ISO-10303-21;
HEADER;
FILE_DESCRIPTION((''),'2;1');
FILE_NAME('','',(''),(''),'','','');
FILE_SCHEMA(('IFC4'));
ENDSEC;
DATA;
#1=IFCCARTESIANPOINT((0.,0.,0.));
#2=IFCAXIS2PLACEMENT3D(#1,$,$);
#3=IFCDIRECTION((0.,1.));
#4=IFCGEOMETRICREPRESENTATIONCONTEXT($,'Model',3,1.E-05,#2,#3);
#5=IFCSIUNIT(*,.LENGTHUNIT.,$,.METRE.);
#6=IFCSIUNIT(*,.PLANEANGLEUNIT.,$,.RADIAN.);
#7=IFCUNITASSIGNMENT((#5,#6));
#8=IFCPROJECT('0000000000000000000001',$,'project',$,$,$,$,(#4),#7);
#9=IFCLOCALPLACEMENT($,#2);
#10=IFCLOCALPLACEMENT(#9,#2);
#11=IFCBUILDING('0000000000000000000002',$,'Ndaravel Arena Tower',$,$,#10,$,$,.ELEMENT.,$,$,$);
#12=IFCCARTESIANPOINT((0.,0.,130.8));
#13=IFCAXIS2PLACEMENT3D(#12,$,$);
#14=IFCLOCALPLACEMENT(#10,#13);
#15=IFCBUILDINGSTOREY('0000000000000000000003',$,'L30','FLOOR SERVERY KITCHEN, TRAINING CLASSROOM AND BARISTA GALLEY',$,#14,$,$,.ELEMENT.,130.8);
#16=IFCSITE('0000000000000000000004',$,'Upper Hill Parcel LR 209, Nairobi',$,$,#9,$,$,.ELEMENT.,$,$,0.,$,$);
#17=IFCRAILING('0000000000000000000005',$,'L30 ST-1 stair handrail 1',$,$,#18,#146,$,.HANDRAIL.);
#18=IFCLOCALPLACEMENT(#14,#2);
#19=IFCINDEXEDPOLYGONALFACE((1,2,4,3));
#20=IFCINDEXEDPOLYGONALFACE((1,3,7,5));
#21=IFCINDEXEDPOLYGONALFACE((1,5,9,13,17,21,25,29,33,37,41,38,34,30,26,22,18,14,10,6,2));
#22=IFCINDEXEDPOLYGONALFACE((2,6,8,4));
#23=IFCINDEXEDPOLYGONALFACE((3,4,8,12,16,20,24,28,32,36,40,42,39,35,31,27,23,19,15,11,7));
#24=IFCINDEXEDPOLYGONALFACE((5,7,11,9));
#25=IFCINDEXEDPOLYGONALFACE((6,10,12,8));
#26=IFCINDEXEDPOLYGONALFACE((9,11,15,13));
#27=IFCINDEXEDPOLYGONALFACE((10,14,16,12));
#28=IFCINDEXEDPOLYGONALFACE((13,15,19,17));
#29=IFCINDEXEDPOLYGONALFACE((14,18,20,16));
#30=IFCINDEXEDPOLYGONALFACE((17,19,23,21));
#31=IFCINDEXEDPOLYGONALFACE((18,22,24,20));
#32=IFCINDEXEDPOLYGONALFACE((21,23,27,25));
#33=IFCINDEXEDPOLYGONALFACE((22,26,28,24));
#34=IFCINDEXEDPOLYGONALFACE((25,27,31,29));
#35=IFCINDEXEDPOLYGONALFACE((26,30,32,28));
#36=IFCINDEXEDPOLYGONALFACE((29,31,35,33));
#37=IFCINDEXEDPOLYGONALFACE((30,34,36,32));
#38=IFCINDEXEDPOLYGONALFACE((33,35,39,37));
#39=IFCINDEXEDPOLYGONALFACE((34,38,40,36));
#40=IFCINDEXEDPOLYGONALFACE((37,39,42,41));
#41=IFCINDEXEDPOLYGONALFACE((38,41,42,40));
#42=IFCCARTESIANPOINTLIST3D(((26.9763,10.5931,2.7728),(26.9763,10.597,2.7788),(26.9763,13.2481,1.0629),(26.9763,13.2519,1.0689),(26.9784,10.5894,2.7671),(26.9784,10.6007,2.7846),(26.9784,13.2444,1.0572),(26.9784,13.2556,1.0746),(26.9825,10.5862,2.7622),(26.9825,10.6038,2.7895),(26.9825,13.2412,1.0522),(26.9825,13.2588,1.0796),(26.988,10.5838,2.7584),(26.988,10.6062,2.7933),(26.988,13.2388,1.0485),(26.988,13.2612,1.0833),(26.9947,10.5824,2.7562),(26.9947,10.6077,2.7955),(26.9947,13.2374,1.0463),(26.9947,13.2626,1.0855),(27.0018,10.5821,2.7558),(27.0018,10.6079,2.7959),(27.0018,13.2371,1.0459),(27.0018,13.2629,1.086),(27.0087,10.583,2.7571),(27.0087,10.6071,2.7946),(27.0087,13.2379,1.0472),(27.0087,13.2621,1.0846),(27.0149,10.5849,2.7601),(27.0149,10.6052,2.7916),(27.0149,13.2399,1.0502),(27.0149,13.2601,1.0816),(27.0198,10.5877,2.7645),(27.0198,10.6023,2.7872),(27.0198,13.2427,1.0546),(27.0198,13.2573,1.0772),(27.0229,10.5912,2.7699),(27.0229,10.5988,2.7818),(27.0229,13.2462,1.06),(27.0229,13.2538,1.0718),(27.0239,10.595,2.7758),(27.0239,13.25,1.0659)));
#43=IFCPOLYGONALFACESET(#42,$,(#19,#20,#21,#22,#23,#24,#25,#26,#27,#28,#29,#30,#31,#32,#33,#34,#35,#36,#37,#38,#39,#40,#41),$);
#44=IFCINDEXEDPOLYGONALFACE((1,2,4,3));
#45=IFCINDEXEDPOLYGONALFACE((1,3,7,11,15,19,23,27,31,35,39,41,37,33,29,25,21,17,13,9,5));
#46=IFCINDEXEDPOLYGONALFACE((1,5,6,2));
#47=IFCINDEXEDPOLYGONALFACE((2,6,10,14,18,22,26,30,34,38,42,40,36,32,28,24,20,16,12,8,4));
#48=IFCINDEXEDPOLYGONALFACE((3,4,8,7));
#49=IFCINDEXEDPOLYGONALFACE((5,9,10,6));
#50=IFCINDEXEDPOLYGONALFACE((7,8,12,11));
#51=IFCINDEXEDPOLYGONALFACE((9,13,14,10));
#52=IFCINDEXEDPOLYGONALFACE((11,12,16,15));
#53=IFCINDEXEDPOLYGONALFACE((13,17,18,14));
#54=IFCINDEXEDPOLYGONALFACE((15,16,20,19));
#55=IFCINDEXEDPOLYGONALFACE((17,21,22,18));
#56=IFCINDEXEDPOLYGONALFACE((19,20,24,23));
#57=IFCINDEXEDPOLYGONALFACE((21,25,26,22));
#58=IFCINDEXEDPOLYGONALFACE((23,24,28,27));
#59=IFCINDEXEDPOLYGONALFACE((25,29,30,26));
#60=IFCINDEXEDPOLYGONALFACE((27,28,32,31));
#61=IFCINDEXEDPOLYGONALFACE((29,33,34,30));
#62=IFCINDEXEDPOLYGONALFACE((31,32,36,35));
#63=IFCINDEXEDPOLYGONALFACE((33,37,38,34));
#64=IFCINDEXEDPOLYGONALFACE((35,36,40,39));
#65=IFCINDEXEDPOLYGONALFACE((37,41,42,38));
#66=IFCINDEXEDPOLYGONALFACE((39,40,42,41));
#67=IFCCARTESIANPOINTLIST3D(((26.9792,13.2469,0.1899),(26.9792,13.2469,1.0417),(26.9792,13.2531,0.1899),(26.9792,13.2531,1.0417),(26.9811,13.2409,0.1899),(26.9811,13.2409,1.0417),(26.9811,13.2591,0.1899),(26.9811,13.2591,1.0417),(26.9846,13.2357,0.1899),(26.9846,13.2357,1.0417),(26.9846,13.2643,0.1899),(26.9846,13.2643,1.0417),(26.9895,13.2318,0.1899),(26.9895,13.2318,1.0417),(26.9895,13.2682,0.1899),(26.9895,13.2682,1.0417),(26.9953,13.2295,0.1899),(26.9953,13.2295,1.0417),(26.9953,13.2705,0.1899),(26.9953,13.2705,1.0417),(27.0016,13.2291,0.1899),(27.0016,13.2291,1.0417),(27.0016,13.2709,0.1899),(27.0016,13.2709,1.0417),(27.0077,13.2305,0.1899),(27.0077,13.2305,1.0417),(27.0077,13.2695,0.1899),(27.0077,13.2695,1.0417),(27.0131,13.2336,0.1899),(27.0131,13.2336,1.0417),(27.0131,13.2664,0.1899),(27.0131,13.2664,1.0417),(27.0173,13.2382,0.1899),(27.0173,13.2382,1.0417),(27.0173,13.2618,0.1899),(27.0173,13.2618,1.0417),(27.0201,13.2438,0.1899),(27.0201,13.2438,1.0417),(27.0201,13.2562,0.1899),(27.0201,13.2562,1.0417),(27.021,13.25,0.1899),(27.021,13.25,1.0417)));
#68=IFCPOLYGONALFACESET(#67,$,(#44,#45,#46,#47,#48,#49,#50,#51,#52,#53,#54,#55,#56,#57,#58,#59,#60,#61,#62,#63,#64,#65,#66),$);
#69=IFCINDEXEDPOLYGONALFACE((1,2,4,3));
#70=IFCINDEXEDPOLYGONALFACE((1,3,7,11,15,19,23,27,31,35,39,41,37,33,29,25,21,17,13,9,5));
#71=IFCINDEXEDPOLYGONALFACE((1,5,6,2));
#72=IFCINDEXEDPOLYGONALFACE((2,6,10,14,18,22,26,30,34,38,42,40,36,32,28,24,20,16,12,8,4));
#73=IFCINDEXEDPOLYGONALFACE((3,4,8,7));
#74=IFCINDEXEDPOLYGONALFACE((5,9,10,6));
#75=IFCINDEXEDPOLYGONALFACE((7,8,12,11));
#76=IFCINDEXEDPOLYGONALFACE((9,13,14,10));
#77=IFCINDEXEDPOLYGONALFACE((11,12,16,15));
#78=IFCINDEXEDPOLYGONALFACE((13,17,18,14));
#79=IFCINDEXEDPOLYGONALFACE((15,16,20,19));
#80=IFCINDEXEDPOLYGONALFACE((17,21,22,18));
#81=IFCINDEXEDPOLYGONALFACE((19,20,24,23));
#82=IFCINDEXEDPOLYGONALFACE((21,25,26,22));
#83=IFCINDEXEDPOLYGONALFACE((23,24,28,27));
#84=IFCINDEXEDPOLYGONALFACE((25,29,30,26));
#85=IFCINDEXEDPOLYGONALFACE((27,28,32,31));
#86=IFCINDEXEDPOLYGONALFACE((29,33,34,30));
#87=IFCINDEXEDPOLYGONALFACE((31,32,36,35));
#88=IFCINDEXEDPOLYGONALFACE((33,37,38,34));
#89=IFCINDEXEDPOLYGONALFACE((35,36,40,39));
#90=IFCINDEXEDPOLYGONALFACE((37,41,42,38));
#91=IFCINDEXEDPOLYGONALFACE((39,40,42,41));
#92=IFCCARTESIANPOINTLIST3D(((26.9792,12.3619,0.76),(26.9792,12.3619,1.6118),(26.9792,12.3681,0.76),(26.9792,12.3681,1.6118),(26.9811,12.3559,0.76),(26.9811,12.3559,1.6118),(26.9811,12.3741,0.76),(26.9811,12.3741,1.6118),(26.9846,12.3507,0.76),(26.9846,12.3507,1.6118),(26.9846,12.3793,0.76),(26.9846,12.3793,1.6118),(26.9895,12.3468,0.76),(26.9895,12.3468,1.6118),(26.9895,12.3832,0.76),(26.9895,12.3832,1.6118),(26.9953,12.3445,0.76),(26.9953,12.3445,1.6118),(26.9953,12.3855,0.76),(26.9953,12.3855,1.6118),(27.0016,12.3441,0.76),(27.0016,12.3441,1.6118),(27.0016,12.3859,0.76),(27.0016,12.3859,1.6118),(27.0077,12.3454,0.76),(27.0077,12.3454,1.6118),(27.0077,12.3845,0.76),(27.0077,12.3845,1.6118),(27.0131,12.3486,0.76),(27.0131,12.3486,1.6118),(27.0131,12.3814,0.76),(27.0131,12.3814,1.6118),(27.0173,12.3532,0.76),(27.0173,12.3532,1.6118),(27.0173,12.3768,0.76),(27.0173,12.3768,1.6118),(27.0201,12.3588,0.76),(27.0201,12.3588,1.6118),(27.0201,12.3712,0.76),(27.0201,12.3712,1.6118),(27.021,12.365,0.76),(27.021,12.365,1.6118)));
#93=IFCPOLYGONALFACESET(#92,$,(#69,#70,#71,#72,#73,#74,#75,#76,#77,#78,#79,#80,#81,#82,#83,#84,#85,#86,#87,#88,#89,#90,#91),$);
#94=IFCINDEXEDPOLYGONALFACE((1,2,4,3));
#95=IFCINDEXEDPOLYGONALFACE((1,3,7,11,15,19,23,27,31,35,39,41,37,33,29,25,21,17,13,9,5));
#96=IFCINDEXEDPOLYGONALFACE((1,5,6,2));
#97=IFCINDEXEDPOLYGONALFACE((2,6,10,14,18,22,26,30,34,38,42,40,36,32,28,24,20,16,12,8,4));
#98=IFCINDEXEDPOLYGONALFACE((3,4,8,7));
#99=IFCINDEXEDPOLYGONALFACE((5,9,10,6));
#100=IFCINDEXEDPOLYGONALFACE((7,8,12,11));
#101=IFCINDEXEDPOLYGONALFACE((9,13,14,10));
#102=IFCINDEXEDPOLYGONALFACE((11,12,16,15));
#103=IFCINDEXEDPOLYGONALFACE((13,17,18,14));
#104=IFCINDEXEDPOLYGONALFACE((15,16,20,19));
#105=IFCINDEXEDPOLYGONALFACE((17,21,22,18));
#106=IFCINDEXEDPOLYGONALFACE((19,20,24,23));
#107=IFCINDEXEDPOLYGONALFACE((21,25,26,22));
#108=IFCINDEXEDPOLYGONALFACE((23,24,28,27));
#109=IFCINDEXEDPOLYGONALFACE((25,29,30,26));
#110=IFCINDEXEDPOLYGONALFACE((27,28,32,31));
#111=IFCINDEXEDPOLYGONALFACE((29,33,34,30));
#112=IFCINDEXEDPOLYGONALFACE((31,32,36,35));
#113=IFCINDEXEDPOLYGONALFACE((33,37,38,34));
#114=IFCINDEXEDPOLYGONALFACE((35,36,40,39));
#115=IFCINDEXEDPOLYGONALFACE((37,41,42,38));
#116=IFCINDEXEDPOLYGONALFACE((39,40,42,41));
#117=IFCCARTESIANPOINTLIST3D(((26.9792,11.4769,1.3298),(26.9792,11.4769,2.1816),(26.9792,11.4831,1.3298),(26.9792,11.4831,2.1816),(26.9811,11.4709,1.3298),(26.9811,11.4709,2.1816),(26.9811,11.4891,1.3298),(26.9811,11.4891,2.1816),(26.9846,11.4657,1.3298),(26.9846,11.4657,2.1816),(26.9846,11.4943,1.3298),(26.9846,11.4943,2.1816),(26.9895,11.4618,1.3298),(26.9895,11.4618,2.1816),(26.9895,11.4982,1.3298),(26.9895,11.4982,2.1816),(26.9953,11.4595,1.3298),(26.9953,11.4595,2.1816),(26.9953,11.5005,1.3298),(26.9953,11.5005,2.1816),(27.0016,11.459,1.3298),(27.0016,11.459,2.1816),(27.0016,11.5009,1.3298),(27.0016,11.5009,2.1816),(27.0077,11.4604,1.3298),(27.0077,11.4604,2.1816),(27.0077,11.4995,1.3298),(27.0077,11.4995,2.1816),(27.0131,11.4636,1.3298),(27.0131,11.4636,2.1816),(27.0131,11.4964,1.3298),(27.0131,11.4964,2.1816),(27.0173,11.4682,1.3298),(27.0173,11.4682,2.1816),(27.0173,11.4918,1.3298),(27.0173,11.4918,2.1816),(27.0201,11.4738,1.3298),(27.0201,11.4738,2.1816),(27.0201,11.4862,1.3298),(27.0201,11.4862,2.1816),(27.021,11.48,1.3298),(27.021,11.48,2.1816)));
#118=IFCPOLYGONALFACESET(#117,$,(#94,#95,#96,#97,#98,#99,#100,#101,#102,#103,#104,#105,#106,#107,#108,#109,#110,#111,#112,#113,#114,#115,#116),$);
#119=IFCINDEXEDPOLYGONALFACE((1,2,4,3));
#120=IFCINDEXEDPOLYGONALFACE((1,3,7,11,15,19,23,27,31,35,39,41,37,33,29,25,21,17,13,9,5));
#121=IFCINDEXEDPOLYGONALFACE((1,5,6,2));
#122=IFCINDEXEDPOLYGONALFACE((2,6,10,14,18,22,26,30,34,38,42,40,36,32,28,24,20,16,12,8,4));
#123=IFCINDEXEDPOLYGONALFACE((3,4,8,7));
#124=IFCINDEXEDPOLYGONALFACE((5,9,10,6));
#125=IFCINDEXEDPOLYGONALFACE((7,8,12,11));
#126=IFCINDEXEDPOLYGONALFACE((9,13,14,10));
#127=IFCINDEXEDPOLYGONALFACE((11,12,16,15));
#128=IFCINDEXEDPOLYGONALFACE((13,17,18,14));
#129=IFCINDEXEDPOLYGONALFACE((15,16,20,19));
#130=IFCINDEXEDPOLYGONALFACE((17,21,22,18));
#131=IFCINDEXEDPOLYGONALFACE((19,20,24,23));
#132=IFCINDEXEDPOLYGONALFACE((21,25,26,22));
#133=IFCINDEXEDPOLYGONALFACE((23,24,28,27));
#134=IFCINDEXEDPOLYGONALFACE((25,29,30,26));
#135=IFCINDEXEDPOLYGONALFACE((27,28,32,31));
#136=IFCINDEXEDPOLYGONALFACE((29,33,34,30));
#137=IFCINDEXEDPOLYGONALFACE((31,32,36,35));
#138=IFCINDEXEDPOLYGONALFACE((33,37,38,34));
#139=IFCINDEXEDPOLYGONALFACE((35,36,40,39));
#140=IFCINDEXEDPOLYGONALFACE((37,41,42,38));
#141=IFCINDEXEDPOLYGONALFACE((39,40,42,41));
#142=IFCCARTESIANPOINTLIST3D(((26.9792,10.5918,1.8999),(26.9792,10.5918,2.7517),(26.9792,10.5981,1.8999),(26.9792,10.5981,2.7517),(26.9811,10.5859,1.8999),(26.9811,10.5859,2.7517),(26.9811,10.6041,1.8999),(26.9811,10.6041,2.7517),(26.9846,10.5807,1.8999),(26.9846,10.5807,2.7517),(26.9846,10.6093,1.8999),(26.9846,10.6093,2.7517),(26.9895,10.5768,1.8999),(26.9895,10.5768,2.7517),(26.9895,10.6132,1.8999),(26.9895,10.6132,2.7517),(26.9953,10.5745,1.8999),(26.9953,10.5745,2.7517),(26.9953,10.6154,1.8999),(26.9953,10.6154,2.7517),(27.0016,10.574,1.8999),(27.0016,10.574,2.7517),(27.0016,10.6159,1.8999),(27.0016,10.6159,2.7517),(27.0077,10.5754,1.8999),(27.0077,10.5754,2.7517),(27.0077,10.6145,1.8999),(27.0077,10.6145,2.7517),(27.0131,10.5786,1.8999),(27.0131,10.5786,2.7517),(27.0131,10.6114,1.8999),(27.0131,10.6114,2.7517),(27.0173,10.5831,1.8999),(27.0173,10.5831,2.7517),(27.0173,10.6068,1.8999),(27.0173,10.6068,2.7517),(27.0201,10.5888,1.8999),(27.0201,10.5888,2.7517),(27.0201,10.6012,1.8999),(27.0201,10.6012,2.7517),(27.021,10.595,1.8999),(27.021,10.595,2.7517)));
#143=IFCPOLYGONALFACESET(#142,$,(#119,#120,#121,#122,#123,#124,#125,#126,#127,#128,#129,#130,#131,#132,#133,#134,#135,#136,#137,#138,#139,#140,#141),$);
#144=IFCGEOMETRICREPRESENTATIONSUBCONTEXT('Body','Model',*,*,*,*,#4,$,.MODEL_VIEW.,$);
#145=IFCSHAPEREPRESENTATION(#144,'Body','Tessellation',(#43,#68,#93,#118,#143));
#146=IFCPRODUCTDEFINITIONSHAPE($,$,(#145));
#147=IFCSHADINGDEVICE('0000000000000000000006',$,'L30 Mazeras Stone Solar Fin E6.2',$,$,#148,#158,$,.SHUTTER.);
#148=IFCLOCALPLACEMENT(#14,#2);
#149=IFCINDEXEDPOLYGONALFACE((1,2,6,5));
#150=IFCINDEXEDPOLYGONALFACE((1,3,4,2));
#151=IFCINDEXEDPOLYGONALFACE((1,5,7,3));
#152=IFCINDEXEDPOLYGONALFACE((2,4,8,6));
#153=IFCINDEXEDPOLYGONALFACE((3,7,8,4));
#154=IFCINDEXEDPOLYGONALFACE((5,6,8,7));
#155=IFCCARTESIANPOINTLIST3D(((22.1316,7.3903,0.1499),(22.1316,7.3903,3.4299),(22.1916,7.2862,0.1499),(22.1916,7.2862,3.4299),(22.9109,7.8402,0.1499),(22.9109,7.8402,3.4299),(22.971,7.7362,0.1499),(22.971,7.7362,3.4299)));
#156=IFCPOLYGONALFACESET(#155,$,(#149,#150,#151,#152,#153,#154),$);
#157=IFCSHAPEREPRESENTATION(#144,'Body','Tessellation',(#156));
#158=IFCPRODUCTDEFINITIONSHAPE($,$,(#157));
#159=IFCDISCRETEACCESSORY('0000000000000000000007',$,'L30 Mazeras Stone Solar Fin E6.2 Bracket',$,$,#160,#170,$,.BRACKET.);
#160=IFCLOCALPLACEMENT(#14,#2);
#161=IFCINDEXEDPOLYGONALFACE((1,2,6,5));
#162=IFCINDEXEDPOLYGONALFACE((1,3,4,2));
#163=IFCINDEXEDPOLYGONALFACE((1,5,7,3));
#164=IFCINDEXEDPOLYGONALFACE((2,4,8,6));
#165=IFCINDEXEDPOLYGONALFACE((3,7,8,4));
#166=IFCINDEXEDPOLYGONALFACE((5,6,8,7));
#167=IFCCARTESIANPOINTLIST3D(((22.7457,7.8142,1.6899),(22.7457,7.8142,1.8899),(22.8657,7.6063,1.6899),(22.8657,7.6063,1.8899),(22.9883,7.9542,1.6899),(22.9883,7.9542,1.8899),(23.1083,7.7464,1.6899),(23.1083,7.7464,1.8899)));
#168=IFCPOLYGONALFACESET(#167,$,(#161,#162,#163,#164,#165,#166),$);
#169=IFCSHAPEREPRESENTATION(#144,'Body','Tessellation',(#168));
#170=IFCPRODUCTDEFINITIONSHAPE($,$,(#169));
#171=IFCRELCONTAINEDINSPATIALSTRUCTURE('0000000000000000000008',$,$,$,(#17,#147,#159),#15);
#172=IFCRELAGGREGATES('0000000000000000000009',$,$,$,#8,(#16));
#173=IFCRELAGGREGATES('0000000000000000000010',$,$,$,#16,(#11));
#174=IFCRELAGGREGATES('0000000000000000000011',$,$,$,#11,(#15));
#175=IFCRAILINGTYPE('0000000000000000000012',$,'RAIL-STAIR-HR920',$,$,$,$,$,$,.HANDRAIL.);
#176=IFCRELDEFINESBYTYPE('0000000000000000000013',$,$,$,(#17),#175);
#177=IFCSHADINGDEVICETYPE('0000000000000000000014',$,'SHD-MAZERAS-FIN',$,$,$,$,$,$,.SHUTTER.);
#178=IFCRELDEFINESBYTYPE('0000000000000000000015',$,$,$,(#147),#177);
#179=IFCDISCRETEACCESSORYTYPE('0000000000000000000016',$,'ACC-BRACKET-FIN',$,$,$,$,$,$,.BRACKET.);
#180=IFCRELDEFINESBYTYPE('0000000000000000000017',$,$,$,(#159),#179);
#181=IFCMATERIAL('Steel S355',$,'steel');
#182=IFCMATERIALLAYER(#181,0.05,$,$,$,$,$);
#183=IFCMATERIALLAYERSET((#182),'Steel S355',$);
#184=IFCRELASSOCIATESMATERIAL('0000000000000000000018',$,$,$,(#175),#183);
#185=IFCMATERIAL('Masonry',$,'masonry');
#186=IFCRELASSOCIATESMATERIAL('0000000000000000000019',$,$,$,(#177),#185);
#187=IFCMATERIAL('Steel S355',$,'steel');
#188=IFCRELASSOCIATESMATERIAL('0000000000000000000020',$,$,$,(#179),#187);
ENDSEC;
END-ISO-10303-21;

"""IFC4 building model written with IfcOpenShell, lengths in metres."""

from ifc_helpers import new_model, si_unit, direction, frame, origin, origin_2d, place, context, subcontext, project, spatial, rectangle, circle, extrude, material, layer, layer_set, type_object, element, save


model = new_model("IFC4")

# Units and contexts
model_context = context("Model", 3, precision=1e-05, world=origin(), true_north=direction((0.0, 1.0)))
body_context = subcontext(model_context, "Body", "Model", "MODEL_VIEW")
ifc_project = project(units=[si_unit("LENGTHUNIT", "METRE"), si_unit("PLANEANGLEUNIT", "RADIAN")], contexts=[model_context])

# Site, building, storey
site_placement = place(None, origin())
site = spatial("IfcSite", under=ifc_project, at=site_placement, Name="Upper Hill Parcel LR 209, Nairobi", CompositionType="ELEMENT", RefElevation=0.0)
building_placement = place(site_placement, origin())
building = spatial("IfcBuilding", under=site, at=building_placement, Name="Ndaravel Arena Tower", CompositionType="ELEMENT")
storey_placement = place(building_placement, frame((0.0, 0.0, 130.8)))
storey = spatial("IfcBuildingStorey", under=building, at=storey_placement, Name="L30", Description="FLOOR SERVERY KITCHEN, TRAINING CLASSROOM AND BARISTA GALLEY", CompositionType="ELEMENT", Elevation=130.8)

# Railing
ifc_material_1 = material(Name="Steel S355", Category="steel")
ifc_layer_1 = layer(ifc_material_1, 0.05)
ifc_layer_set_1 = layer_set([ifc_layer_1], Name="Steel S355")
railing_type = type_object("IfcRailingType", Name="RAIL-STAIR-HR920", PredefinedType="HANDRAIL", material=ifc_layer_set_1)
railing_placement = place(storey_placement, frame((27.0, 13.25, 0.1899)))
element("IfcRailing", 1, at=railing_placement, inside=storey, type_object=railing_type, Name="L30 ST-1 stair handrail 1", PredefinedType="HANDRAIL", context=body_context, shape_type="SweptSolid", body=[
    extrude(circle(Radius=0.0239, at=origin_2d()), frame((0.0, 0.0, 0.876), z_axis=(0.0, -0.840724, 0.541465), x_axis=(1.0, 0.0, 0.0)), (0.0, 0.0, 1.0), 3.158),
    extrude(circle(Radius=0.021, at=origin_2d()), origin(), (0.0, 0.0, 1.0), 0.8518),
    extrude(circle(Radius=0.021, at=origin_2d()), frame((0.0, -0.885, 0.5701)), (0.0, 0.0, 1.0), 0.8518),
    extrude(circle(Radius=0.021, at=origin_2d()), frame((0.0, -1.77, 1.1399)), (0.0, 0.0, 1.0), 0.8518),
    extrude(circle(Radius=0.021, at=origin_2d()), frame((0.0, -2.655, 1.71)), (0.0, 0.0, 1.0), 0.8518),
])

# Shading device
ifc_material_2 = material(Name="Masonry", Category="masonry")
shading_device_type = type_object("IfcShadingDeviceType", Name="SHD-MAZERAS-FIN", PredefinedType="SHUTTER", material=ifc_material_2)
shading_device_placement = place(storey_placement, frame((22.5513, 7.5632, 0.1499), z_axis=(0.0, 0.0, 1.0), x_axis=(-0.866025, -0.5, 0.0)))
element("IfcShadingDevice", 2, at=shading_device_placement, inside=storey, type_object=shading_device_type, Name="L30 Mazeras Stone Solar Fin E6.2", PredefinedType="SHUTTER", context=body_context, shape_type="SweptSolid", body=[
    extrude(rectangle(XDim=0.8999, YDim=0.1201, at=origin_2d()), origin(), (0.0, 0.0, 1.0), 3.28),
])

# Discrete accessory
ifc_material_3 = material(Name="Steel S355", Category="steel")
discrete_accessory_type = type_object("IfcDiscreteAccessoryType", Name="ACC-BRACKET-FIN", PredefinedType="BRACKET", material=ifc_material_3)
discrete_accessory_placement = place(storey_placement, frame((22.927, 7.7803, 1.6899), z_axis=(0.0, 0.0, 1.0), x_axis=(-0.866025, -0.5, 0.0)))
element("IfcDiscreteAccessory", 3, at=discrete_accessory_placement, inside=storey, type_object=discrete_accessory_type, Name="L30 Mazeras Stone Solar Fin E6.2 Bracket", PredefinedType="BRACKET", context=body_context, shape_type="SweptSolid", body=[
    extrude(rectangle(XDim=0.28, YDim=0.24, at=origin_2d()), origin(), (0.0, 0.0, 1.0), 0.2),
])

save(model, "model.ifc")
